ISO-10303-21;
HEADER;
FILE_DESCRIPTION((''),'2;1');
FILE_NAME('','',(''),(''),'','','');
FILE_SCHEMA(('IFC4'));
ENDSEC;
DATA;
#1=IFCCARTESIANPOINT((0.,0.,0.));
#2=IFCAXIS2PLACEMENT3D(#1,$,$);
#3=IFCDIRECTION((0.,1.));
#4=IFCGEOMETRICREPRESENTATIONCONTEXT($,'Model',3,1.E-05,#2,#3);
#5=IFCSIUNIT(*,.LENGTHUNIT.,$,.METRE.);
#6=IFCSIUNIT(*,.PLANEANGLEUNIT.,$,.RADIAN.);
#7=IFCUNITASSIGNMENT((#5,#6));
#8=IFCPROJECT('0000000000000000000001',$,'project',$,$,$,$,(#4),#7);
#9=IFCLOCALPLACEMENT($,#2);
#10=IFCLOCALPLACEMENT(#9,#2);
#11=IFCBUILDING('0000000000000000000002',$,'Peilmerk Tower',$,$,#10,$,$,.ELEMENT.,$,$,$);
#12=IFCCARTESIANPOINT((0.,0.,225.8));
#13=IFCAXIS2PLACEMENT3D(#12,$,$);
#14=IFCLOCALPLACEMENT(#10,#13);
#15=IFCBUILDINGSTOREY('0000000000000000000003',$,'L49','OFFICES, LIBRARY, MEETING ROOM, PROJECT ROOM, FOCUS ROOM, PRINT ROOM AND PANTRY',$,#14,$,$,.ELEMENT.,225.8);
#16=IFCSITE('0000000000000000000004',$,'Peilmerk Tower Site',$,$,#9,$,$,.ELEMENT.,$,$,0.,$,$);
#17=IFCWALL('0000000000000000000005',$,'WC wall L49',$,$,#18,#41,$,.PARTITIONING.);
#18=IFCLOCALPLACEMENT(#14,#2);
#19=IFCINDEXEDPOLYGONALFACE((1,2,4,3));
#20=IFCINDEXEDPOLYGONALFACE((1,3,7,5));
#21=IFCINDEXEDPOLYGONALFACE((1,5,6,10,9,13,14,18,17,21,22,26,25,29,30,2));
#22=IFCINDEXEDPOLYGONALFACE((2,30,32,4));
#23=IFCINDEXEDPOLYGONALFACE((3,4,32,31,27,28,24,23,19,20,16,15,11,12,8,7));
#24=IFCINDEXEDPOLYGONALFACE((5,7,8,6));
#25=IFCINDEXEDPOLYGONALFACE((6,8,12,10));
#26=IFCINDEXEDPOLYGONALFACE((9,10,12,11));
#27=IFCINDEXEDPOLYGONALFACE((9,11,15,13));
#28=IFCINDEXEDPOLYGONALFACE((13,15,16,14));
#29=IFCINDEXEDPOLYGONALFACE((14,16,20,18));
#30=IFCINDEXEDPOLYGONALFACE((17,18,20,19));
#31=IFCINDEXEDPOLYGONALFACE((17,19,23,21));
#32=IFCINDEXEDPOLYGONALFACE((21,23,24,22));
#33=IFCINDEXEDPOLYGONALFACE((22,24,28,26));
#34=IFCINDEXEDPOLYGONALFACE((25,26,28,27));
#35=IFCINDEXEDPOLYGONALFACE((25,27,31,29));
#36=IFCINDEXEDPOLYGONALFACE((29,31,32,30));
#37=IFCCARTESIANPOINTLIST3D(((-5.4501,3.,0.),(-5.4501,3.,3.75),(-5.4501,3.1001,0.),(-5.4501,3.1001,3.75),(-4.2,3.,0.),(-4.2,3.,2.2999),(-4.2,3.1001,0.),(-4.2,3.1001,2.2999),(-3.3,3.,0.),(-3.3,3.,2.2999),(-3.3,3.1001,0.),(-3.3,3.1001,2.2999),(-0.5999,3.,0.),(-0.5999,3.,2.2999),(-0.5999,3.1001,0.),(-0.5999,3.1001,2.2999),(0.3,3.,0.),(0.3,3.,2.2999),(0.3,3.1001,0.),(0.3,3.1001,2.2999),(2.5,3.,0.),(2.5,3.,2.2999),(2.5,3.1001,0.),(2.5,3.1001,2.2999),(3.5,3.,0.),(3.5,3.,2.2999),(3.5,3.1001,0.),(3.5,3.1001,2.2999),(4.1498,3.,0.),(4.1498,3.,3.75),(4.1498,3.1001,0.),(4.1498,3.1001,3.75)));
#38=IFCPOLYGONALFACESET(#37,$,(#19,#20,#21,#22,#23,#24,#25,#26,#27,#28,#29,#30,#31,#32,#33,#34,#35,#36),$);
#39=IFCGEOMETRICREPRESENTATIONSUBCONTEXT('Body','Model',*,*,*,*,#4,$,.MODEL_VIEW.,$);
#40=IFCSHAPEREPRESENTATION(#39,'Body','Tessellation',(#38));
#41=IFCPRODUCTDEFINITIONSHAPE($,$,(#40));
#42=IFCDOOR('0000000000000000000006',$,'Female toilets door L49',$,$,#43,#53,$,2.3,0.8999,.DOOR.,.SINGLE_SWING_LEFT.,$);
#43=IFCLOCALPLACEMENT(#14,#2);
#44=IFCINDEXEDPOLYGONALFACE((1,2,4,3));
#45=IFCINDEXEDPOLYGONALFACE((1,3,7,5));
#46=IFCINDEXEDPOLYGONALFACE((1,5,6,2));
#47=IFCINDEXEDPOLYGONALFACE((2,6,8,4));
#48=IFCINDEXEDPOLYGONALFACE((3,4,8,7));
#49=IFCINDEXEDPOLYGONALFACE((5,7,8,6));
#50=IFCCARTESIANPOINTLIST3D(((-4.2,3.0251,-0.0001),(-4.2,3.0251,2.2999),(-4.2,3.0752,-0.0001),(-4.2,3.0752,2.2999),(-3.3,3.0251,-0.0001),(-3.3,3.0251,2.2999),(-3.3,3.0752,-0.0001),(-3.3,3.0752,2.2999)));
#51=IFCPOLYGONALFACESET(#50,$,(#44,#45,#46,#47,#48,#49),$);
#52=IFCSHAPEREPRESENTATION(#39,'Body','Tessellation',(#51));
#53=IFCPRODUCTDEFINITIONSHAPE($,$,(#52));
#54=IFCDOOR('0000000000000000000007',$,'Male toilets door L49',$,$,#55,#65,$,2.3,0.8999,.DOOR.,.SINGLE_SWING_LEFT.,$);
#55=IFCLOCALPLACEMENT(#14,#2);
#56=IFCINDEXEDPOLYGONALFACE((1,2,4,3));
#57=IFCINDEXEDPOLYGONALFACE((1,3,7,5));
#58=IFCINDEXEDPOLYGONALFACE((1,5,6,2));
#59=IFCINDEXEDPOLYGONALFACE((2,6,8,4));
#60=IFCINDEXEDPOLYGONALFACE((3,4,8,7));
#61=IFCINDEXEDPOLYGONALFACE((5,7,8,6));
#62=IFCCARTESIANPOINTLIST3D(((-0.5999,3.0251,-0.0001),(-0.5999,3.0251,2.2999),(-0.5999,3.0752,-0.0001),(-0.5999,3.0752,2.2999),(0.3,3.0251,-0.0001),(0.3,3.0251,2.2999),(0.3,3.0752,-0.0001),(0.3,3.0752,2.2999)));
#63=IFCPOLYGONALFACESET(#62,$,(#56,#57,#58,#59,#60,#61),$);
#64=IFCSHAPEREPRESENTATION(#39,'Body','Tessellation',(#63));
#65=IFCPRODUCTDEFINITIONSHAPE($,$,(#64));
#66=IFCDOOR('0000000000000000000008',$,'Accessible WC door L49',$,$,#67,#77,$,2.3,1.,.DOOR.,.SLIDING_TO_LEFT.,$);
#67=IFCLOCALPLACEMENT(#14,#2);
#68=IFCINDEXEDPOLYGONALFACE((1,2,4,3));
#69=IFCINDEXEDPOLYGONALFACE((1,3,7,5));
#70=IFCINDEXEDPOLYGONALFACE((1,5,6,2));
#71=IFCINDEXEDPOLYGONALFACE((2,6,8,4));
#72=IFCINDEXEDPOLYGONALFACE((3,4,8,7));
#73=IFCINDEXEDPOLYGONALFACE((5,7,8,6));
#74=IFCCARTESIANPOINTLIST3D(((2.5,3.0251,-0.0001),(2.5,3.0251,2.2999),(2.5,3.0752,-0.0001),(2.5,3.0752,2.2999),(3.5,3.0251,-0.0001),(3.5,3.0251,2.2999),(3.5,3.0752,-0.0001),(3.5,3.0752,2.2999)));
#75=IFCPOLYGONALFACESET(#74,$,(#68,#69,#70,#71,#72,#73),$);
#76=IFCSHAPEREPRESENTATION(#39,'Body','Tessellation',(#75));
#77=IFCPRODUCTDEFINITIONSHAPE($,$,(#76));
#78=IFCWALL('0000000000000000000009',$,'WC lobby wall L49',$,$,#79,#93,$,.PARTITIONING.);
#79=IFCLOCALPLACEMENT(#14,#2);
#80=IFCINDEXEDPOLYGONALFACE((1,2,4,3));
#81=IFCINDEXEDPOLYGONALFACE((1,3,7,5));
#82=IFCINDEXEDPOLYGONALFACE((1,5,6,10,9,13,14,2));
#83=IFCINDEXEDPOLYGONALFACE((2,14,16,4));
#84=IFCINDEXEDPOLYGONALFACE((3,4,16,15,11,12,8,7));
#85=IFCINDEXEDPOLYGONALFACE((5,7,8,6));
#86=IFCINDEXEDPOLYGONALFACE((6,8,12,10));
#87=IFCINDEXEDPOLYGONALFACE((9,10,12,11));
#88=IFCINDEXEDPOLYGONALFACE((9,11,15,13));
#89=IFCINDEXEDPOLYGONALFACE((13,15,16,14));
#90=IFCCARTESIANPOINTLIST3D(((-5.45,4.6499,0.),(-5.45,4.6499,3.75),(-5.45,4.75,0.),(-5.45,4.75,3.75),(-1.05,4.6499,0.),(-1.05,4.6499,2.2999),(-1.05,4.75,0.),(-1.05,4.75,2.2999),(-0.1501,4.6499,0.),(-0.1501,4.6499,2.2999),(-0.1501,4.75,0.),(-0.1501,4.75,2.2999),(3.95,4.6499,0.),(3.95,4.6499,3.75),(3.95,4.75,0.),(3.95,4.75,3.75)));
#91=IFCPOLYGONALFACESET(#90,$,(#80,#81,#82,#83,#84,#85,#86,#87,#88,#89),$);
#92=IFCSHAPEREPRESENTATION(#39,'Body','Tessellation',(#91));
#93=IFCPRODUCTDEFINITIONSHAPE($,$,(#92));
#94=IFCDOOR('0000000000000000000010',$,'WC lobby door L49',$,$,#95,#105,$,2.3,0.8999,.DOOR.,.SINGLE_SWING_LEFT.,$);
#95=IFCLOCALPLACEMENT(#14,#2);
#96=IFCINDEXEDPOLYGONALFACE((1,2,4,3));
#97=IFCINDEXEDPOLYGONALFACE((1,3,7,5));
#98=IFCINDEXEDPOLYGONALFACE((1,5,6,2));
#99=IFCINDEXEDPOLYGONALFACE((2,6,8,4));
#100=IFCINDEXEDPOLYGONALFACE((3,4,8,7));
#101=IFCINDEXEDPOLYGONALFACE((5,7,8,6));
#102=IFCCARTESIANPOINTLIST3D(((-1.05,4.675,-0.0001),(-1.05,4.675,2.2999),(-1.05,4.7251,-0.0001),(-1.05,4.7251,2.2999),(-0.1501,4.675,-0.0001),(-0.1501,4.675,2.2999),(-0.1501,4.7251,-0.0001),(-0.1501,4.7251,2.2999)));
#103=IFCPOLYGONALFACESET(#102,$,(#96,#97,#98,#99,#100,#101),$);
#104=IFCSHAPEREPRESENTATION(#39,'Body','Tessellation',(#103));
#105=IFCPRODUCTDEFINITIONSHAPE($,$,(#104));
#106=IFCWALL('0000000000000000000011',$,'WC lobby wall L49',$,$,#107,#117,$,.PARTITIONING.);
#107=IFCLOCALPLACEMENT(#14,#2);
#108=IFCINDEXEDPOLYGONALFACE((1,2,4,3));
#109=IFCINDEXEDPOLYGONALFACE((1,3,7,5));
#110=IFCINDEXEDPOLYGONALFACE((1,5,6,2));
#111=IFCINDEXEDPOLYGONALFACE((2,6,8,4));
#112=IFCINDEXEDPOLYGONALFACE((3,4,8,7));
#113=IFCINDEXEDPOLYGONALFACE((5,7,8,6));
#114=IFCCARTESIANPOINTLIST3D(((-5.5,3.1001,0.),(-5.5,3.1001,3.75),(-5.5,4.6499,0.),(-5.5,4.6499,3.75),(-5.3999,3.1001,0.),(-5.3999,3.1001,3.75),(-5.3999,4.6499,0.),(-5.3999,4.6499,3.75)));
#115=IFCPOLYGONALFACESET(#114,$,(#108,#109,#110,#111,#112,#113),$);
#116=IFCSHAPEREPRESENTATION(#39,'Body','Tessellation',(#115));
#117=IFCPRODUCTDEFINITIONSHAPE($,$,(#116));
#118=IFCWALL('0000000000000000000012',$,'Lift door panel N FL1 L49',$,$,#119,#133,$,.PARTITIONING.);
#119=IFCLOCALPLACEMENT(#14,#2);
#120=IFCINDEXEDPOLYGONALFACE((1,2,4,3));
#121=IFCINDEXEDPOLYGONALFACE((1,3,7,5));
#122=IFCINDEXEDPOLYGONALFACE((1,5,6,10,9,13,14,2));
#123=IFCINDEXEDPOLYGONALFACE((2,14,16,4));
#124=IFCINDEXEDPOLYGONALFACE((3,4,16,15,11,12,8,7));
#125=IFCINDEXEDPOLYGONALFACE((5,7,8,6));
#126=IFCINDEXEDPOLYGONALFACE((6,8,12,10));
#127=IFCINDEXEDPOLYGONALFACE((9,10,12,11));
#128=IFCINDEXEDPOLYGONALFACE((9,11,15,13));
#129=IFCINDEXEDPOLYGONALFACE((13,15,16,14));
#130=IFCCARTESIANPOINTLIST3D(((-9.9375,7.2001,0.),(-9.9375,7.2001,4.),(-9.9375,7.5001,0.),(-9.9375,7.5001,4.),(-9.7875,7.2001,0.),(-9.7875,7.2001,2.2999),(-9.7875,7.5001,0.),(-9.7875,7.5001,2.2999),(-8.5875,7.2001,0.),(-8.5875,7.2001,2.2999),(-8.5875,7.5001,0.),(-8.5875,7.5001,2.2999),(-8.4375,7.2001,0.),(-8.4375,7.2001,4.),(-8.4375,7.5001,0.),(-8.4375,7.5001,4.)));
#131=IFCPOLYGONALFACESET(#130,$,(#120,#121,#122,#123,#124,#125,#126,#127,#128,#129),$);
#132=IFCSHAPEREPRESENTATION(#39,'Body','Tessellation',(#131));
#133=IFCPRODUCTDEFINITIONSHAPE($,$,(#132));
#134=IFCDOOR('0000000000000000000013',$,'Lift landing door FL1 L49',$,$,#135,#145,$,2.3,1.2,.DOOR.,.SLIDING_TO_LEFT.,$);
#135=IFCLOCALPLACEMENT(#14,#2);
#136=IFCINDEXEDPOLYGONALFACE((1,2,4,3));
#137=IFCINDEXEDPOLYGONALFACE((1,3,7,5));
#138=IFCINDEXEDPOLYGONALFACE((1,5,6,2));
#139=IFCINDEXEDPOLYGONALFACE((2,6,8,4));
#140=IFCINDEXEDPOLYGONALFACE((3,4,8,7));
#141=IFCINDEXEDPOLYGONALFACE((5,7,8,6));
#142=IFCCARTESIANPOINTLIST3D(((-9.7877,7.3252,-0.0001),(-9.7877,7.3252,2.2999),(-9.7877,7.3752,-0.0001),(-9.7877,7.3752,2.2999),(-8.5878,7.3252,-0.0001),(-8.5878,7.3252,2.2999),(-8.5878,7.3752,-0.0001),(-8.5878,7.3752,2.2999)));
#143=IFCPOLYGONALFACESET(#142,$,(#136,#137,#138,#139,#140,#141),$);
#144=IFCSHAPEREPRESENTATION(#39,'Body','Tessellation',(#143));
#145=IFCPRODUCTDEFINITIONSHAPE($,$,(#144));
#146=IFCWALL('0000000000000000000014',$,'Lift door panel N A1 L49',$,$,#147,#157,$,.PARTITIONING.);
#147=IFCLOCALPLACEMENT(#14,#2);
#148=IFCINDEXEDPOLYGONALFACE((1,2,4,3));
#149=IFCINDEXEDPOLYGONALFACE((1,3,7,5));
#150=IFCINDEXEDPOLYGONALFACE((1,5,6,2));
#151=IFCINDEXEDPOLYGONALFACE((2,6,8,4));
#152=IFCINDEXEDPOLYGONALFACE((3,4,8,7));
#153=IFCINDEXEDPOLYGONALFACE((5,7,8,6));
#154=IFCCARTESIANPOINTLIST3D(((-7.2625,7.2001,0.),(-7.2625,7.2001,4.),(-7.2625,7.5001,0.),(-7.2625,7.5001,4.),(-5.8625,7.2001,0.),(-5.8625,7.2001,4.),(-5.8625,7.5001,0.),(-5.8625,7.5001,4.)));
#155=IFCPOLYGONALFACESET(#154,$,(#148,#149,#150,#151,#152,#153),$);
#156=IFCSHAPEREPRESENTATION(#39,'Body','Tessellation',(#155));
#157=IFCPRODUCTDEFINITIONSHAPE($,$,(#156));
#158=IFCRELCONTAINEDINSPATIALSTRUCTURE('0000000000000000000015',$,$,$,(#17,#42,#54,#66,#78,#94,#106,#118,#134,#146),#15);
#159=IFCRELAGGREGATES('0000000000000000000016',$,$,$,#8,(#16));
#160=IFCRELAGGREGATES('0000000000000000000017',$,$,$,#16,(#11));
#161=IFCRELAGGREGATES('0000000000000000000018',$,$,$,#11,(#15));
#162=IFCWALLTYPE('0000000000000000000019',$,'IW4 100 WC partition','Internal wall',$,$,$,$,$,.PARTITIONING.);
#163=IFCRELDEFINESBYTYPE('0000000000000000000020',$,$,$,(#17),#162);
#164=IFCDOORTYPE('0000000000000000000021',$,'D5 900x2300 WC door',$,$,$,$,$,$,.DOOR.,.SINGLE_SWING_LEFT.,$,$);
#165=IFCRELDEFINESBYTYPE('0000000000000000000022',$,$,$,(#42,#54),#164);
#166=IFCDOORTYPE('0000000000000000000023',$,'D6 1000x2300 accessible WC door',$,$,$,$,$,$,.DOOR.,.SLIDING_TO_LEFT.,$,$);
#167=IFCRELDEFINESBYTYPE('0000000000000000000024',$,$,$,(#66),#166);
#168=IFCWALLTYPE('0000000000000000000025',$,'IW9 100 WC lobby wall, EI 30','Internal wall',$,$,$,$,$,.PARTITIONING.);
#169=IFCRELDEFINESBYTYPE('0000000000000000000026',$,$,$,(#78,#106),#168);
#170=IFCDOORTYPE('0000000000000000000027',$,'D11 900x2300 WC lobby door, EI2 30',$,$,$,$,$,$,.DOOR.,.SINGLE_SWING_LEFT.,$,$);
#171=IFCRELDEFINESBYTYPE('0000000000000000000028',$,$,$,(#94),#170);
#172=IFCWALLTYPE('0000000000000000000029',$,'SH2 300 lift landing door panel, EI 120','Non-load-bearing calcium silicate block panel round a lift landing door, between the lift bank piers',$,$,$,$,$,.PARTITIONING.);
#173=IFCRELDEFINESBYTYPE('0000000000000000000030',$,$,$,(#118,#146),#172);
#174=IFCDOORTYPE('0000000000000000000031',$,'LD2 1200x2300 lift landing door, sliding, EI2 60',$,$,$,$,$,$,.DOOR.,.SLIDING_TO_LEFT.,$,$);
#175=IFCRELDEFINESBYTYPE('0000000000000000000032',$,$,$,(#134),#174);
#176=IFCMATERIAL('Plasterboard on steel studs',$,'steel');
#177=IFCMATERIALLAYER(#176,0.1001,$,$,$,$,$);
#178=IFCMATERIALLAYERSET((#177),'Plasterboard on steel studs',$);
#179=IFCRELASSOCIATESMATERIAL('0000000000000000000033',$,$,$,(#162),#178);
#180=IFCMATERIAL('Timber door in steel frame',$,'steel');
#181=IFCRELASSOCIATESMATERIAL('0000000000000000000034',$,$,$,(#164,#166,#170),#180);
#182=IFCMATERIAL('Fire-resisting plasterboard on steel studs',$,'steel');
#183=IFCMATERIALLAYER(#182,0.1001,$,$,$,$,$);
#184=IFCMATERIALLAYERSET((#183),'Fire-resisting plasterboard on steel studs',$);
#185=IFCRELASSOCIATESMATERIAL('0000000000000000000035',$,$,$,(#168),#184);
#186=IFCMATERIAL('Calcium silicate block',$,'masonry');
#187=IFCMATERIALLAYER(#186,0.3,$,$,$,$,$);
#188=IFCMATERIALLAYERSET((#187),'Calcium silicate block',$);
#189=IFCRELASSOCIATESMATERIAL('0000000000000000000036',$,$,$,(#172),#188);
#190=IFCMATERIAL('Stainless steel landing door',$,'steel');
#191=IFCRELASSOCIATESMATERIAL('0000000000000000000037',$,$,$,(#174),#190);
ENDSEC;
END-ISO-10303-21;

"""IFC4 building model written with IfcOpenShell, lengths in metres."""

from ifc_helpers import new_model, si_unit, direction, frame, frame_2d, origin, place, context, subcontext, project, spatial, rectangle, extrude, material, layer, layer_set, type_object, element, fill, save


model = new_model("IFC4")

# Units and contexts
model_context = context("Model", 3, precision=1e-05, world=origin(), true_north=direction((0.0, 1.0)))
body_context = subcontext(model_context, "Body", "Model", "MODEL_VIEW")
ifc_project = project(units=[si_unit("LENGTHUNIT", "METRE"), si_unit("PLANEANGLEUNIT", "RADIAN")], contexts=[model_context])

# Site, building, storey
site_placement = place(None, origin())
site = spatial("IfcSite", under=ifc_project, at=site_placement, Name="Peilmerk Tower Site", CompositionType="ELEMENT", RefElevation=0.0)
building_placement = place(site_placement, origin())
building = spatial("IfcBuilding", under=site, at=building_placement, Name="Peilmerk Tower", CompositionType="ELEMENT")
storey_placement = place(building_placement, frame((0.0, 0.0, 225.8)))
storey = spatial("IfcBuildingStorey", under=building, at=storey_placement, Name="L49", Description="OFFICES, LIBRARY, MEETING ROOM, PROJECT ROOM, FOCUS ROOM, PRINT ROOM AND PANTRY", CompositionType="ELEMENT", Elevation=225.8)

# Wall, openings, doors
ifc_material_1 = material(Name="Plasterboard on steel studs", Category="steel")
ifc_layer_1 = layer(ifc_material_1, 0.1001)
ifc_layer_set_1 = layer_set([ifc_layer_1], Name="Plasterboard on steel studs")
wall_type_1 = type_object("IfcWallType", Name="IW4 100 WC partition", Description="Internal wall", PredefinedType="PARTITIONING", material=ifc_layer_set_1)
wall_1_placement = place(storey_placement, frame((-5.45, 3.05, 0.0), z_axis=(0.0, 0.0, 1.0), x_axis=(1.0, 0.0, 0.0)))
wall_1 = element("IfcWall", 1, at=wall_1_placement, inside=storey, type_object=wall_type_1, Name="WC wall L49", PredefinedType="PARTITIONING", context=body_context, shape_type="SweptSolid", body=[
    extrude(rectangle(XDim=9.5999, YDim=0.1001, at=frame_2d((4.7998, 0.0))), origin(), (0.0, 0.0, 1.0), 3.75),
])
opening_1_placement = place(wall_1_placement, frame((1.25, 0.0, 0.0)))
opening_1 = element("IfcOpeningElement", 2, at=opening_1_placement, cuts=wall_1, PredefinedType="OPENING", context=body_context, shape_type="SweptSolid", body=[
    extrude(rectangle(XDim=0.8999, YDim=2.3, at=frame_2d((0.45, 1.1499))), frame((0.0, 0.0601, 0.0), z_axis=(0.0, -1.0, 0.0), x_axis=(1.0, 0.0, 0.0)), (0.0, 0.0, 1.0), 0.1201),
])
opening_2_placement = place(wall_1_placement, frame((4.8501, 0.0, 0.0)))
opening_2 = element("IfcOpeningElement", 3, at=opening_2_placement, cuts=wall_1, PredefinedType="OPENING", context=body_context, shape_type="SweptSolid", body=[
    extrude(rectangle(XDim=0.8999, YDim=2.3, at=frame_2d((0.45, 1.1499))), frame((0.0, 0.0601, 0.0), z_axis=(0.0, -1.0, 0.0), x_axis=(1.0, 0.0, 0.0)), (0.0, 0.0, 1.0), 0.1201),
])
opening_3_placement = place(wall_1_placement, frame((7.95, 0.0, 0.0)))
opening_3 = element("IfcOpeningElement", 4, at=opening_3_placement, cuts=wall_1, PredefinedType="OPENING", context=body_context, shape_type="SweptSolid", body=[
    extrude(rectangle(XDim=1.0, YDim=2.3, at=frame_2d((0.5, 1.1499))), frame((0.0, 0.0601, 0.0), z_axis=(0.0, -1.0, 0.0), x_axis=(1.0, 0.0, 0.0)), (0.0, 0.0, 1.0), 0.1201),
])
ifc_material_2 = material(Name="Timber door in steel frame", Category="steel")
door_type_1 = type_object("IfcDoorType", Name="D5 900x2300 WC door", OperationType="SINGLE_SWING_LEFT", PredefinedType="DOOR", material=ifc_material_2)
door_1_placement = place(opening_1_placement, frame((0.8999, 0.0, 0.0), z_axis=(0.0, 0.0, 1.0), x_axis=(-1.0, 0.0, 0.0)))
door_1 = element("IfcDoor", 5, at=door_1_placement, inside=storey, type_object=door_type_1, Name="Female toilets door L49", OperationType="SINGLE_SWING_LEFT", OverallHeight=2.3, OverallWidth=0.8999, PredefinedType="DOOR", context=body_context, shape_type="SweptSolid", body=[
    extrude(rectangle(XDim=0.8999, YDim=2.3, at=frame_2d((0.45, 1.1499))), frame((0.0, 0.0249, 0.0), z_axis=(0.0, -1.0, 0.0), x_axis=(1.0, 0.0, 0.0)), (0.0, 0.0, 1.0), 0.05),
])
fill(opening_1, door_1)
door_2_placement = place(opening_2_placement, frame((0.8999, 0.0, 0.0), z_axis=(0.0, 0.0, 1.0), x_axis=(-1.0, 0.0, 0.0)))
door_2 = element("IfcDoor", 6, at=door_2_placement, inside=storey, type_object=door_type_1, Name="Male toilets door L49", OperationType="SINGLE_SWING_LEFT", OverallHeight=2.3, OverallWidth=0.8999, PredefinedType="DOOR", context=body_context, shape_type="SweptSolid", body=[
    extrude(rectangle(XDim=0.8999, YDim=2.3, at=frame_2d((0.45, 1.1499))), frame((0.0, 0.0249, 0.0), z_axis=(0.0, -1.0, 0.0), x_axis=(1.0, 0.0, 0.0)), (0.0, 0.0, 1.0), 0.05),
])
fill(opening_2, door_2)
door_type_2 = type_object("IfcDoorType", Name="D6 1000x2300 accessible WC door", OperationType="SLIDING_TO_LEFT", PredefinedType="DOOR", material=ifc_material_2)
door_3_placement = place(opening_3_placement, frame((1.0, 0.0, 0.0), z_axis=(0.0, 0.0, 1.0), x_axis=(-1.0, 0.0, 0.0)))
door_3 = element("IfcDoor", 7, at=door_3_placement, inside=storey, type_object=door_type_2, Name="Accessible WC door L49", OperationType="SLIDING_TO_LEFT", OverallHeight=2.3, OverallWidth=1.0, PredefinedType="DOOR", context=body_context, shape_type="SweptSolid", body=[
    extrude(rectangle(XDim=1.0, YDim=2.3, at=frame_2d((0.5, 1.1499))), frame((0.0, 0.0249, 0.0), z_axis=(0.0, -1.0, 0.0), x_axis=(1.0, 0.0, 0.0)), (0.0, 0.0, 1.0), 0.05),
])
fill(opening_3, door_3)

# Wall, opening, door
ifc_material_3 = material(Name="Fire-resisting plasterboard on steel studs", Category="steel")
ifc_layer_2 = layer(ifc_material_3, 0.1001)
ifc_layer_set_2 = layer_set([ifc_layer_2], Name="Fire-resisting plasterboard on steel studs")
wall_type_2 = type_object("IfcWallType", Name="IW9 100 WC lobby wall, EI 30", Description="Internal wall", PredefinedType="PARTITIONING", material=ifc_layer_set_2)
wall_2_placement = place(storey_placement, frame((-5.45, 4.7, 0.0), z_axis=(0.0, 0.0, 1.0), x_axis=(1.0, 0.0, 0.0)))
wall_2 = element("IfcWall", 8, at=wall_2_placement, inside=storey, type_object=wall_type_2, Name="WC lobby wall L49", PredefinedType="PARTITIONING", context=body_context, shape_type="SweptSolid", body=[
    extrude(rectangle(XDim=9.3999, YDim=0.1001, at=frame_2d((4.7, 0.0))), origin(), (0.0, 0.0, 1.0), 3.75),
])
opening_4_placement = place(wall_2_placement, frame((4.3999, 0.0, 0.0)))
opening_4 = element("IfcOpeningElement", 9, at=opening_4_placement, cuts=wall_2, PredefinedType="OPENING", context=body_context, shape_type="SweptSolid", body=[
    extrude(rectangle(XDim=0.8999, YDim=2.3, at=frame_2d((0.45, 1.1499))), frame((0.0, 0.0601, 0.0), z_axis=(0.0, -1.0, 0.0), x_axis=(1.0, 0.0, 0.0)), (0.0, 0.0, 1.0), 0.1201),
])
door_type_3 = type_object("IfcDoorType", Name="D11 900x2300 WC lobby door, EI2 30", OperationType="SINGLE_SWING_LEFT", PredefinedType="DOOR", material=ifc_material_2)
door_4_placement = place(opening_4_placement, frame((0.8999, 0.0, 0.0), z_axis=(0.0, 0.0, 1.0), x_axis=(-1.0, 0.0, 0.0)))
door_4 = element("IfcDoor", 10, at=door_4_placement, inside=storey, type_object=door_type_3, Name="WC lobby door L49", OperationType="SINGLE_SWING_LEFT", OverallHeight=2.3, OverallWidth=0.8999, PredefinedType="DOOR", context=body_context, shape_type="SweptSolid", body=[
    extrude(rectangle(XDim=0.8999, YDim=2.3, at=frame_2d((0.45, 1.1499))), frame((0.0, 0.0249, 0.0), z_axis=(0.0, -1.0, 0.0), x_axis=(1.0, 0.0, 0.0)), (0.0, 0.0, 1.0), 0.05),
])
fill(opening_4, door_4)

# Wall
wall_3_placement = place(storey_placement, frame((-5.45, 3.1001, 0.0), z_axis=(0.0, 0.0, 1.0), x_axis=(0.0, 1.0, 0.0)))
element("IfcWall", 11, at=wall_3_placement, inside=storey, type_object=wall_type_2, Name="WC lobby wall L49", PredefinedType="PARTITIONING", context=body_context, shape_type="SweptSolid", body=[
    extrude(rectangle(XDim=1.5498, YDim=0.1001, at=frame_2d((0.7749, 0.0))), origin(), (0.0, 0.0, 1.0), 3.75),
])

# Wall, opening, door
ifc_material_4 = material(Name="Calcium silicate block", Category="masonry")
ifc_layer_3 = layer(ifc_material_4, 0.3)
ifc_layer_set_3 = layer_set([ifc_layer_3], Name="Calcium silicate block")
wall_type_3 = type_object("IfcWallType", Name="SH2 300 lift landing door panel, EI 120", Description="Non-load-bearing calcium silicate block panel round a lift landing door, between the lift bank piers", PredefinedType="PARTITIONING", material=ifc_layer_set_3)
wall_4_placement = place(storey_placement, frame((-9.9375, 7.3501, 0.0), z_axis=(0.0, 0.0, 1.0), x_axis=(1.0, 0.0, 0.0)))
wall_4 = element("IfcWall", 12, at=wall_4_placement, inside=storey, type_object=wall_type_3, Name="Lift door panel N FL1 L49", PredefinedType="PARTITIONING", context=body_context, shape_type="SweptSolid", body=[
    extrude(rectangle(XDim=1.5, YDim=0.3, at=frame_2d((0.75, 0.0))), origin(), (0.0, 0.0, 1.0), 4.0),
])
opening_5_placement = place(wall_4_placement, frame((0.1499, 0.0, 0.0)))
opening_5 = element("IfcOpeningElement", 13, at=opening_5_placement, cuts=wall_4, PredefinedType="OPENING", context=body_context, shape_type="SweptSolid", body=[
    extrude(rectangle(XDim=1.2, YDim=2.3, at=frame_2d((0.6001, 1.1499))), frame((0.0, 0.1599, 0.0), z_axis=(0.0, -1.0, 0.0), x_axis=(1.0, 0.0, 0.0)), (0.0, 0.0, 1.0), 0.3201),
])
ifc_material_5 = material(Name="Stainless steel landing door", Category="steel")
door_type_4 = type_object("IfcDoorType", Name="LD2 1200x2300 lift landing door, sliding, EI2 60", OperationType="SLIDING_TO_LEFT", PredefinedType="DOOR", material=ifc_material_5)
door_5_placement = place(opening_5_placement, frame((1.2, 0.0, 0.0), z_axis=(0.0, 0.0, 1.0), x_axis=(-1.0, 0.0, 0.0)))
door_5 = element("IfcDoor", 14, at=door_5_placement, inside=storey, type_object=door_type_4, Name="Lift landing door FL1 L49", OperationType="SLIDING_TO_LEFT", OverallHeight=2.3, OverallWidth=1.2, PredefinedType="DOOR", context=body_context, shape_type="SweptSolid", body=[
    extrude(rectangle(XDim=1.2, YDim=2.3, at=frame_2d((0.6001, 1.1499))), frame((0.0, 0.0249, 0.0), z_axis=(0.0, -1.0, 0.0), x_axis=(1.0, 0.0, 0.0)), (0.0, 0.0, 1.0), 0.05),
])
fill(opening_5, door_5)

# Wall
wall_5_placement = place(storey_placement, frame((-7.2625, 7.3501, 0.0), z_axis=(0.0, 0.0, 1.0), x_axis=(1.0, 0.0, 0.0)))
element("IfcWall", 15, at=wall_5_placement, inside=storey, type_object=wall_type_3, Name="Lift door panel N A1 L49", PredefinedType="PARTITIONING", context=body_context, shape_type="SweptSolid", body=[
    extrude(rectangle(XDim=1.3999, YDim=0.3, at=frame_2d((0.7, 0.0))), origin(), (0.0, 0.0, 1.0), 4.0),
])

save(model, "model.ifc")
